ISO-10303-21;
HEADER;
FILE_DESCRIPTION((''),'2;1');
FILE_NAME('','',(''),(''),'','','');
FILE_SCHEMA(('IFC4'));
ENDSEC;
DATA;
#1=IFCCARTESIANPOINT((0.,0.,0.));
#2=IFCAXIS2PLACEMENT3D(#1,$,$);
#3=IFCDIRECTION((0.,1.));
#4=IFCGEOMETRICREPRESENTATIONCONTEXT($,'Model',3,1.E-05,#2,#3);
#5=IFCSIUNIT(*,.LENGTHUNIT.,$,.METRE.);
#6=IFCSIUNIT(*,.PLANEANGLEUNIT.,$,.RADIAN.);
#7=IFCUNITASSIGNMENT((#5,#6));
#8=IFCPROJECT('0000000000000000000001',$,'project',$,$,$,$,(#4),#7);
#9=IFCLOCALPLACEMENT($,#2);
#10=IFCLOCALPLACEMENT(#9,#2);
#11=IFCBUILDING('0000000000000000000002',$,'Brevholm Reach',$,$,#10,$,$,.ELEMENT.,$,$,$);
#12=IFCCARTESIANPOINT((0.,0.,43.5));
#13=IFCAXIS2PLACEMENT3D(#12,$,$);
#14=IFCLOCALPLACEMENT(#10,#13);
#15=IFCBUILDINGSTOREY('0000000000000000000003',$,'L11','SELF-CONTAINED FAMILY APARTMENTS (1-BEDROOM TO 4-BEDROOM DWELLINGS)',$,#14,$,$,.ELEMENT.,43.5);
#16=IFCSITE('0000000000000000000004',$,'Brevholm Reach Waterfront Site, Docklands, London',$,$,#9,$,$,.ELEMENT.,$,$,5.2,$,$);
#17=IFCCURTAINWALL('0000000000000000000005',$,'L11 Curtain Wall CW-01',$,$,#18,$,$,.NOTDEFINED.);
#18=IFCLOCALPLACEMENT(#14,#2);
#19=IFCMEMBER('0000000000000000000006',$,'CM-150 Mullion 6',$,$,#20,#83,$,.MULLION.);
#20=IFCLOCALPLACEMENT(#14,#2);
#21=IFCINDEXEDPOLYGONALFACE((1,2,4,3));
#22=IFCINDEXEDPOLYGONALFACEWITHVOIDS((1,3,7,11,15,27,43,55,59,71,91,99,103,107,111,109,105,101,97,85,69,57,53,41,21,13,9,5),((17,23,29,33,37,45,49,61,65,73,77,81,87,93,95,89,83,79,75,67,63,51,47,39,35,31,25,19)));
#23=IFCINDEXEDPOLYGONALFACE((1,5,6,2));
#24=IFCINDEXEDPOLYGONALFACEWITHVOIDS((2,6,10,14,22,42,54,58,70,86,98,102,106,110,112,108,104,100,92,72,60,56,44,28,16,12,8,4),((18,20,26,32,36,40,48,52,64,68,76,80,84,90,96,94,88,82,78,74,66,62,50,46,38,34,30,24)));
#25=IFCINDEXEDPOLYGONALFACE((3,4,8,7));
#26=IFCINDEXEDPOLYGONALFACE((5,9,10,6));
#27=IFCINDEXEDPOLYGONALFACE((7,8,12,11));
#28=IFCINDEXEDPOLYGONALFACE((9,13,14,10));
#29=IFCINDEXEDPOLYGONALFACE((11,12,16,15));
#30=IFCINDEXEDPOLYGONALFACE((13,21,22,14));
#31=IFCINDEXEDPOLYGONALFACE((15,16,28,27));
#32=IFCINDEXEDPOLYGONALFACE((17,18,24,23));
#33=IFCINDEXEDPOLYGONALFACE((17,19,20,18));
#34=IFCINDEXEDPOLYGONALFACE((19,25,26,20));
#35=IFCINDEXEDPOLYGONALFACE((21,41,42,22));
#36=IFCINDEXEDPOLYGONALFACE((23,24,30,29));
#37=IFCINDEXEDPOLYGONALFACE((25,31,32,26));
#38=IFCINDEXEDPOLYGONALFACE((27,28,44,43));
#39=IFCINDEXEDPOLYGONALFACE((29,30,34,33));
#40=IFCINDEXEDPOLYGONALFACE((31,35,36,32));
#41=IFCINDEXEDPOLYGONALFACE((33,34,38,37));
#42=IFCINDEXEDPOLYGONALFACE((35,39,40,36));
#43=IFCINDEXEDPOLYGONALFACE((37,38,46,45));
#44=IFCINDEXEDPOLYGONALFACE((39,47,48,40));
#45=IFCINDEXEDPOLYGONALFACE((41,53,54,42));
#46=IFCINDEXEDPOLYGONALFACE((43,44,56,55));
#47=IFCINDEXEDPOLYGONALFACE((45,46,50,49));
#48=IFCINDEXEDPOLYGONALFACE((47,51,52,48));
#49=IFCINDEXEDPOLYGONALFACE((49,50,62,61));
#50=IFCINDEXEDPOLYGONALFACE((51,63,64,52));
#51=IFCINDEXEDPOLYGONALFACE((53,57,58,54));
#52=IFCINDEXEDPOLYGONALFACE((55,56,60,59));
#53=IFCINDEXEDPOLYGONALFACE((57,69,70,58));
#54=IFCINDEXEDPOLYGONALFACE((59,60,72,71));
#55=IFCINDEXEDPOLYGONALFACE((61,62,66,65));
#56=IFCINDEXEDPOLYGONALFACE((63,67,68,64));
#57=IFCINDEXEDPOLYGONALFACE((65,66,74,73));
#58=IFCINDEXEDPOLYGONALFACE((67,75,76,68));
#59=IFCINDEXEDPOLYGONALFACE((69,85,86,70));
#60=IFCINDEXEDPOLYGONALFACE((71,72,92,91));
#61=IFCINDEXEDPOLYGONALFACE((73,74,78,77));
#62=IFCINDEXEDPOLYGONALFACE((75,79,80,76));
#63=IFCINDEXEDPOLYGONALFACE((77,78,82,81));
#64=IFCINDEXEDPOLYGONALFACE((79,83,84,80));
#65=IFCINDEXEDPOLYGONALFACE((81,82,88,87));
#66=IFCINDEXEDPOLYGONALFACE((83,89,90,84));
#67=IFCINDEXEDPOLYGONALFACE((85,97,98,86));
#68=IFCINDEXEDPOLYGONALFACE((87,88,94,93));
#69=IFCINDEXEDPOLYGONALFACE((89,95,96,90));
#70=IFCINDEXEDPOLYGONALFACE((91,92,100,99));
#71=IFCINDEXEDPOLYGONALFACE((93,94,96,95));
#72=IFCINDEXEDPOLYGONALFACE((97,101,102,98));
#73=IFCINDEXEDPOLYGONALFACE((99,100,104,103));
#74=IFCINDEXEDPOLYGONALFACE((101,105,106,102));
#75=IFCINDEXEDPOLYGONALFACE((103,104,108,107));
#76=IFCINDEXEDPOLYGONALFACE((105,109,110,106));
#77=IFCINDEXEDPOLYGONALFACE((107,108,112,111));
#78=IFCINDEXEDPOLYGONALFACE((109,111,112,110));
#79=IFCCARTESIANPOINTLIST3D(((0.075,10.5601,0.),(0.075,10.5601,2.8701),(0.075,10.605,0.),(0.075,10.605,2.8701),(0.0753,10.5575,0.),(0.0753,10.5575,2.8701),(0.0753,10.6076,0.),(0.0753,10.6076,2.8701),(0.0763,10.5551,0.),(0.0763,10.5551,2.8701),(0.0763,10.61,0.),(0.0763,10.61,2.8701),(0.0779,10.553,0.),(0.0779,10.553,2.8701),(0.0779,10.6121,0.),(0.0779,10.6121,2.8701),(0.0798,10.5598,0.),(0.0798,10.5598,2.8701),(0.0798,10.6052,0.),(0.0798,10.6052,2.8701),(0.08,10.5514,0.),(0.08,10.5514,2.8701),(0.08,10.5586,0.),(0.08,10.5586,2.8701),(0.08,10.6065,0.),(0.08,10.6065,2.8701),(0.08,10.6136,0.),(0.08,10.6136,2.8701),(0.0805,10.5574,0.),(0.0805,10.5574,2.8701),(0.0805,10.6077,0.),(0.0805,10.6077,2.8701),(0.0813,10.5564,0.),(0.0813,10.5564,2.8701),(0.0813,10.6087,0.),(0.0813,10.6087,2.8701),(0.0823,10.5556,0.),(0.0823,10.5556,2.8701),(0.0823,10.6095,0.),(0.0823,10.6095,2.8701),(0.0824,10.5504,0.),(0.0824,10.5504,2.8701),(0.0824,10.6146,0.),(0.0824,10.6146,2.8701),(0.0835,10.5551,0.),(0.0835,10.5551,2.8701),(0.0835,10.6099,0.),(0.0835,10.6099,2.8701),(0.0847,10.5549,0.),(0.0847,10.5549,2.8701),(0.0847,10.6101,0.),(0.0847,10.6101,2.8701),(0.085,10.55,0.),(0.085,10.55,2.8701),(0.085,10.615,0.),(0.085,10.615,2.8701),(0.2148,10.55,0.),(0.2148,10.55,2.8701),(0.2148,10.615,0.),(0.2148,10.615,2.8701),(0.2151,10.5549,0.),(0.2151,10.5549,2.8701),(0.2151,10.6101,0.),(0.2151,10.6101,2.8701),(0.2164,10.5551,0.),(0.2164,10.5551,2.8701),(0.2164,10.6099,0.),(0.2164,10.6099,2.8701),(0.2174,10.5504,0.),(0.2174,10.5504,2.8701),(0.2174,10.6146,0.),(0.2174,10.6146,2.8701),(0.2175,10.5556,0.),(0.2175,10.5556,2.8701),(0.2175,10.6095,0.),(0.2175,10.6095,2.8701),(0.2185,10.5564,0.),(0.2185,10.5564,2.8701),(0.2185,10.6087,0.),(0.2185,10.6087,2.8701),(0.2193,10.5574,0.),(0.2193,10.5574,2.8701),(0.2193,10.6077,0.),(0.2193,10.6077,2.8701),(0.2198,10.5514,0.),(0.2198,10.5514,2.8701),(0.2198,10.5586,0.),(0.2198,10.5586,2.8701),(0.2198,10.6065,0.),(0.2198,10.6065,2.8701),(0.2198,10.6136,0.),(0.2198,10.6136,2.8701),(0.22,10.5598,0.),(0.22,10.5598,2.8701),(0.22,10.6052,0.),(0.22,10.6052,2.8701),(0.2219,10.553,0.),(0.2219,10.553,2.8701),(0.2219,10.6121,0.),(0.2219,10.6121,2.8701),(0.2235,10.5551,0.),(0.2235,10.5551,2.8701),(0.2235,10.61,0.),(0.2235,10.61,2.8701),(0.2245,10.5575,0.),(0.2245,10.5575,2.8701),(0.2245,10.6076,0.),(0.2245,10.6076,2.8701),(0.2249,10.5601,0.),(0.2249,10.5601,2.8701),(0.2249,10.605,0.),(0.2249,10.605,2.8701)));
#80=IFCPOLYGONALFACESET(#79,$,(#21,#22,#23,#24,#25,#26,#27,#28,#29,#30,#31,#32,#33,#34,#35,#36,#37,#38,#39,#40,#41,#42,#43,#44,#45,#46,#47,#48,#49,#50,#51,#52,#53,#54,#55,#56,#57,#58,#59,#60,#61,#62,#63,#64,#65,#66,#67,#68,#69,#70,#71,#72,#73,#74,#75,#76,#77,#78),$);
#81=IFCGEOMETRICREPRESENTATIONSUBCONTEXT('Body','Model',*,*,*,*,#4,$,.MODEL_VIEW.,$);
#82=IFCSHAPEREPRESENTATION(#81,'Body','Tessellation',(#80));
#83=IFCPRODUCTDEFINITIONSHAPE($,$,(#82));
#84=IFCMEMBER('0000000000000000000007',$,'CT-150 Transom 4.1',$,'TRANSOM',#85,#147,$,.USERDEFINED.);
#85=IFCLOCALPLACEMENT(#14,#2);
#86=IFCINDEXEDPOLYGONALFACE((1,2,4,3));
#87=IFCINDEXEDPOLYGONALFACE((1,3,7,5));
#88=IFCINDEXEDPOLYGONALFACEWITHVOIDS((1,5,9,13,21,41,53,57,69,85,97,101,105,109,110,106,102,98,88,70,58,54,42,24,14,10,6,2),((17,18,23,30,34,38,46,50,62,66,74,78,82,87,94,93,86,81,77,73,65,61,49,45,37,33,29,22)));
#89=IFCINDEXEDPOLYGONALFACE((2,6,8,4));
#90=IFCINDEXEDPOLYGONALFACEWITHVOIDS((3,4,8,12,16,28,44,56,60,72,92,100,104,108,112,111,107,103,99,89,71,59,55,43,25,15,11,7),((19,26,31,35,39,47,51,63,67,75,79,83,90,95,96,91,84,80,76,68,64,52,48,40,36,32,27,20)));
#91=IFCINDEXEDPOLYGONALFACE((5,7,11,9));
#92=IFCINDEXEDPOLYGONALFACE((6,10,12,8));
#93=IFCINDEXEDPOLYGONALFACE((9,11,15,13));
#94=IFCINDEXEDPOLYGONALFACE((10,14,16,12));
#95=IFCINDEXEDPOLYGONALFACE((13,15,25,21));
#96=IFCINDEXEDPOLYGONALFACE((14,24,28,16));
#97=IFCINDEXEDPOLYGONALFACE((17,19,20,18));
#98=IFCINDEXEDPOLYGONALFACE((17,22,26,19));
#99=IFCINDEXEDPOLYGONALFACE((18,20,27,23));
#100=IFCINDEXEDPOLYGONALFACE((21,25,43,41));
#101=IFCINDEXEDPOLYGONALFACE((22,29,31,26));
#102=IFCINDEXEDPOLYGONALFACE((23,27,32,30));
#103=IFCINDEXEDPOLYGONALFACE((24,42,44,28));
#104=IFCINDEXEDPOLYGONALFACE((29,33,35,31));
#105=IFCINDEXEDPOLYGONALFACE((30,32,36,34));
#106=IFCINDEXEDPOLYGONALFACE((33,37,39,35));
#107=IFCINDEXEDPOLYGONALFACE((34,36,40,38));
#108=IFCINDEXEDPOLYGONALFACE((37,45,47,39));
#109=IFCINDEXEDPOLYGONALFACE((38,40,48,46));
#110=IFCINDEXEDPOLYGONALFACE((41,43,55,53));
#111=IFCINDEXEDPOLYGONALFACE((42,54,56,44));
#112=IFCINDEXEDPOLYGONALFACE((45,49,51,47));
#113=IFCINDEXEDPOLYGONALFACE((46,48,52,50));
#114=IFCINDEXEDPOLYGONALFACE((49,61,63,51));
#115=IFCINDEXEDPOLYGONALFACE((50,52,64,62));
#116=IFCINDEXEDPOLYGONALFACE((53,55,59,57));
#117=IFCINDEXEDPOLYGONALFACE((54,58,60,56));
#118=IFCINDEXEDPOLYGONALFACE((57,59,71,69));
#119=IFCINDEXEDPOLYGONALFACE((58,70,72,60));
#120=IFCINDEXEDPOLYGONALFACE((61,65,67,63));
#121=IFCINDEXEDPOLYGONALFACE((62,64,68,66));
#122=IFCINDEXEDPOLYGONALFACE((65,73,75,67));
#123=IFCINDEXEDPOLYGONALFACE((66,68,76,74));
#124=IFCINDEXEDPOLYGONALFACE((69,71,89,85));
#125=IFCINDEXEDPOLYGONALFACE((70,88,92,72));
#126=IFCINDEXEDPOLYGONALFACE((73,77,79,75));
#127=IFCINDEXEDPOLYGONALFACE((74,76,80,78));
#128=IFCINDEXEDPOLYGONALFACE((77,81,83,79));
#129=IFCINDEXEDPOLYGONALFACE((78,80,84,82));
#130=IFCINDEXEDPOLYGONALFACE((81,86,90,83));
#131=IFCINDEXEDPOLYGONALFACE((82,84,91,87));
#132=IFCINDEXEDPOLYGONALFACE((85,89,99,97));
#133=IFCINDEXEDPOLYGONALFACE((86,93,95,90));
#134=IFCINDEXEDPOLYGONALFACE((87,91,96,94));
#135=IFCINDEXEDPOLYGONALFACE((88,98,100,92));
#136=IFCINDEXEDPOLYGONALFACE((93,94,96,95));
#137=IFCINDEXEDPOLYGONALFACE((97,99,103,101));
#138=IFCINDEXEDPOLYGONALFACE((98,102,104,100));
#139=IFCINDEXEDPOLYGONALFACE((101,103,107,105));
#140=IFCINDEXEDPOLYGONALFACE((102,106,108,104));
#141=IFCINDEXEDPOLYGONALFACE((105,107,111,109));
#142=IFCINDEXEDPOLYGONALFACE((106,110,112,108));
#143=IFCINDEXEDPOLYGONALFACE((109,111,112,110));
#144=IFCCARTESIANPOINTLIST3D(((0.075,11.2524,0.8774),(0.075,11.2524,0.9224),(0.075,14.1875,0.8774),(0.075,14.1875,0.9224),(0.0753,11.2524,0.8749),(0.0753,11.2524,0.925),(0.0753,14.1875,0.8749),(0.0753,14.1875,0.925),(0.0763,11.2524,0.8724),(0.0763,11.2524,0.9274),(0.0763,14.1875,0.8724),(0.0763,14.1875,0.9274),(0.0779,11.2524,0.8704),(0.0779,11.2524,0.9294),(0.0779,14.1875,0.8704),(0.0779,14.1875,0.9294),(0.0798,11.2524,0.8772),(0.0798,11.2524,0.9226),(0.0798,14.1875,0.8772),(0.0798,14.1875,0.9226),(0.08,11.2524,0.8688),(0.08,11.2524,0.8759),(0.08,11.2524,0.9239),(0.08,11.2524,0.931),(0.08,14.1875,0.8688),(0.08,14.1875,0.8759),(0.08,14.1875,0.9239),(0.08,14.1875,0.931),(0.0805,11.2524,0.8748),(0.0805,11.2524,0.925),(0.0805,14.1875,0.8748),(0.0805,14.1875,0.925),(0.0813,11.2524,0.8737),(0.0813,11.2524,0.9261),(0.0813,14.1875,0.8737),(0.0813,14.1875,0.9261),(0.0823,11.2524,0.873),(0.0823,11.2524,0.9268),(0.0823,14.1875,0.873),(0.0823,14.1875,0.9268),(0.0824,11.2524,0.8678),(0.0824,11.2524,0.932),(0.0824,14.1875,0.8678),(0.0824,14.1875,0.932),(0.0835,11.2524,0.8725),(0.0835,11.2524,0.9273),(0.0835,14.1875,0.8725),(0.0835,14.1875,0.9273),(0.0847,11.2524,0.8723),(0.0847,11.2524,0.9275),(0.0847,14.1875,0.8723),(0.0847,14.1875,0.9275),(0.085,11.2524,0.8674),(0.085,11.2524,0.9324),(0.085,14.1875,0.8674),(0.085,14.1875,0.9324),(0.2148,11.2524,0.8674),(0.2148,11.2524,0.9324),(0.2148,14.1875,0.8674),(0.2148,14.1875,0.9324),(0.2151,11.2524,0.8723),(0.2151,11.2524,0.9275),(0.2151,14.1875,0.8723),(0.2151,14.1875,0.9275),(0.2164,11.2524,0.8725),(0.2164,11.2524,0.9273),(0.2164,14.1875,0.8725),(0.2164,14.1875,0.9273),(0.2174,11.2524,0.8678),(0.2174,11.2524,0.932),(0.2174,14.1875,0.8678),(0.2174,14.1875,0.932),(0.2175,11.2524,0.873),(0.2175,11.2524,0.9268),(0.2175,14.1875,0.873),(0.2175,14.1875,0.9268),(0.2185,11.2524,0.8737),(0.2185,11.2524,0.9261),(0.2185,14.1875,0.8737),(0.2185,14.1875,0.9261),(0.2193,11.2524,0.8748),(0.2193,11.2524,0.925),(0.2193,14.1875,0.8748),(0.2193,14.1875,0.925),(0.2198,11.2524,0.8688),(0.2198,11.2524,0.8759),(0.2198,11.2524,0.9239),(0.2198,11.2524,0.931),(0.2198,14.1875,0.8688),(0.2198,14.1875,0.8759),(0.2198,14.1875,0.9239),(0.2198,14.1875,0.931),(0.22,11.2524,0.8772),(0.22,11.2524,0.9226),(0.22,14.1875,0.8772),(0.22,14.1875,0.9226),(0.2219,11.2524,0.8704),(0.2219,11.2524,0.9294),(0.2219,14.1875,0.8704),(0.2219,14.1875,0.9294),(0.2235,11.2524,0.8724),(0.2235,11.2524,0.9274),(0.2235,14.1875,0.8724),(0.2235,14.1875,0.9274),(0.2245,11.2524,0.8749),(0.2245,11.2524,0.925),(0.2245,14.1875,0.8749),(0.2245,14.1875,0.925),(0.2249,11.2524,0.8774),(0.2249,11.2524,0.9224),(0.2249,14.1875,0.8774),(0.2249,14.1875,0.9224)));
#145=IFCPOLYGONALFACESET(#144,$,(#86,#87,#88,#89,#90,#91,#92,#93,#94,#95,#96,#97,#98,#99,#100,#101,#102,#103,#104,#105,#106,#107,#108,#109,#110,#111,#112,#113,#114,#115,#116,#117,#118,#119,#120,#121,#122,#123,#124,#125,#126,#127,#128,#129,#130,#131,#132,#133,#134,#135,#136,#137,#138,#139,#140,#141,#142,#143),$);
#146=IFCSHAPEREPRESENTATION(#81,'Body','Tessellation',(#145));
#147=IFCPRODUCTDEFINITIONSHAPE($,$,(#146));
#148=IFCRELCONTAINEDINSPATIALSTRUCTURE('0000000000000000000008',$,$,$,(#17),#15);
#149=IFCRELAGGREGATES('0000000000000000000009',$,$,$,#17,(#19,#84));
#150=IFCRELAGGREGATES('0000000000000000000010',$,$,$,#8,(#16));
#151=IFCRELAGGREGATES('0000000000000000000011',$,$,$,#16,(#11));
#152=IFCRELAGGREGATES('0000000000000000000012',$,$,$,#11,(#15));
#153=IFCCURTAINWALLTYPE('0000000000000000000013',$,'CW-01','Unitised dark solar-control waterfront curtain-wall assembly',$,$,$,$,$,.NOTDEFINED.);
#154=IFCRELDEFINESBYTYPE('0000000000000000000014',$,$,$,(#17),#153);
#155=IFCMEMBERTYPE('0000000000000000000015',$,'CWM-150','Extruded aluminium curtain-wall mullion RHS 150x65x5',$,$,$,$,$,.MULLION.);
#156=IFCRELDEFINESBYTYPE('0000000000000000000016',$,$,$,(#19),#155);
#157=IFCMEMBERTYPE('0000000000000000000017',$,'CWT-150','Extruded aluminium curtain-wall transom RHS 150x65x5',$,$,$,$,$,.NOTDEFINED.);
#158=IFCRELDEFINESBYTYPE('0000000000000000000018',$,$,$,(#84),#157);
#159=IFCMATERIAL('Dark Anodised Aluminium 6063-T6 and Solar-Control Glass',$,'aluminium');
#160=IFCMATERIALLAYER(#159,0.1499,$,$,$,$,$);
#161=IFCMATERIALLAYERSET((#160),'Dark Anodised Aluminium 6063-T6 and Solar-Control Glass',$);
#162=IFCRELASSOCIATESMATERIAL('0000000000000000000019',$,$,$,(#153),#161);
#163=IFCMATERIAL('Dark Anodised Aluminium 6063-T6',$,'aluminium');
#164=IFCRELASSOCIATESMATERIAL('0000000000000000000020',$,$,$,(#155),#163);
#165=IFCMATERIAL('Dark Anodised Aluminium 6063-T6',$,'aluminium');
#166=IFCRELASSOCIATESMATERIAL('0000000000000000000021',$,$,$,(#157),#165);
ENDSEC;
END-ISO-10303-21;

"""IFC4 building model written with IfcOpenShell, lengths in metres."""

from ifc_helpers import new_model, si_unit, direction, frame, origin, origin_2d, place, context, subcontext, project, spatial, hollow_rectangle, extrude, material, layer, layer_set, material_profile, profile_set, type_object, element, aggregate, save


model = new_model("IFC4")

# Units and contexts
model_context = context("Model", 3, precision=1e-05, world=origin(), true_north=direction((0.0, 1.0)))
body_context = subcontext(model_context, "Body", "Model", "MODEL_VIEW")
ifc_project = project(units=[si_unit("LENGTHUNIT", "METRE"), si_unit("PLANEANGLEUNIT", "RADIAN")], contexts=[model_context])

# Site, building, storey
site_placement = place(None, origin())
site = spatial("IfcSite", under=ifc_project, at=site_placement, Name="Brevholm Reach Waterfront Site, Docklands, London", CompositionType="ELEMENT", RefElevation=5.2)
building_placement = place(site_placement, origin())
building = spatial("IfcBuilding", under=site, at=building_placement, Name="Brevholm Reach", CompositionType="ELEMENT")
storey_placement = place(building_placement, frame((0.0, 0.0, 43.5)))
storey = spatial("IfcBuildingStorey", under=building, at=storey_placement, Name="L11", Description="SELF-CONTAINED FAMILY APARTMENTS (1-BEDROOM TO 4-BEDROOM DWELLINGS)", CompositionType="ELEMENT", Elevation=43.5)

# Curtain wall, members
ifc_material_1 = material(Name="Dark Anodised Aluminium 6063-T6 and Solar-Control Glass", Category="aluminium")
ifc_layer_1 = layer(ifc_material_1, 0.1499)
ifc_layer_set_1 = layer_set([ifc_layer_1], Name="Dark Anodised Aluminium 6063-T6 and Solar-Control Glass")
curtain_wall_type = type_object("IfcCurtainWallType", Name="CW-01", Description="Unitised dark solar-control waterfront curtain-wall assembly", PredefinedType="NOTDEFINED", material=ifc_layer_set_1)
curtain_wall_placement = place(storey_placement, origin())
curtain_wall = element("IfcCurtainWall", 1, at=curtain_wall_placement, inside=storey, type_object=curtain_wall_type, Name="L11 Curtain Wall CW-01", PredefinedType="NOTDEFINED")
ifc_material_2 = material(Name="Dark Anodised Aluminium 6063-T6", Category="aluminium")
ifc_material_profile_1 = material_profile(ifc_material_2, hollow_rectangle(XDim=0.0649, YDim=0.1499, WallThickness=0.0049, InnerFilletRadius=0.0049, OuterFilletRadius=0.01, at=origin_2d()), Name="RHS 150x65x5")
ifc_profile_set_1 = profile_set([ifc_material_profile_1], Name="Dark Anodised Aluminium 6063-T6")
member_type_1 = type_object("IfcMemberType", Name="CWM-150", Description="Extruded aluminium curtain-wall mullion RHS 150x65x5", PredefinedType="MULLION", material=ifc_profile_set_1)
member_1_placement = place(storey_placement, frame((0.1499, 10.5825, 0.0), z_axis=(0.0, 0.0, 1.0), x_axis=(0.0, -1.0, 0.0)))
member_1 = element("IfcMember", 2, at=member_1_placement, type_object=member_type_1, Name="CM-150 Mullion 6", PredefinedType="MULLION", context=body_context, shape_type="SweptSolid", body=[
    extrude(hollow_rectangle(XDim=0.0649, YDim=0.1499, WallThickness=0.0049, InnerFilletRadius=0.0049, OuterFilletRadius=0.01, at=origin_2d()), origin(), (0.0, 0.0, 1.0), 2.8701),
])
ifc_material_3 = material(Name="Dark Anodised Aluminium 6063-T6", Category="aluminium")
ifc_material_profile_2 = material_profile(ifc_material_3, hollow_rectangle(XDim=0.0649, YDim=0.1499, WallThickness=0.0049, InnerFilletRadius=0.0049, OuterFilletRadius=0.01, at=origin_2d()), Name="RHS 150x65x5")
ifc_profile_set_2 = profile_set([ifc_material_profile_2], Name="Dark Anodised Aluminium 6063-T6")
member_type_2 = type_object("IfcMemberType", Name="CWT-150", Description="Extruded aluminium curtain-wall transom RHS 150x65x5", PredefinedType="NOTDEFINED", material=ifc_profile_set_2)
member_2_placement = place(storey_placement, frame((0.1499, 14.1875, 0.8999), z_axis=(0.0, -1.0, 0.0), x_axis=(0.0, 0.0, 1.0)))
member_2 = element("IfcMember", 3, at=member_2_placement, type_object=member_type_2, Name="CT-150 Transom 4.1", ObjectType="TRANSOM", PredefinedType="USERDEFINED", context=body_context, shape_type="SweptSolid", body=[
    extrude(hollow_rectangle(XDim=0.0649, YDim=0.1499, WallThickness=0.0049, InnerFilletRadius=0.0049, OuterFilletRadius=0.01, at=origin_2d()), origin(), (0.0, 0.0, 1.0), 2.9351),
])
aggregate(curtain_wall, [member_1, member_2])

save(model, "model.ifc")
